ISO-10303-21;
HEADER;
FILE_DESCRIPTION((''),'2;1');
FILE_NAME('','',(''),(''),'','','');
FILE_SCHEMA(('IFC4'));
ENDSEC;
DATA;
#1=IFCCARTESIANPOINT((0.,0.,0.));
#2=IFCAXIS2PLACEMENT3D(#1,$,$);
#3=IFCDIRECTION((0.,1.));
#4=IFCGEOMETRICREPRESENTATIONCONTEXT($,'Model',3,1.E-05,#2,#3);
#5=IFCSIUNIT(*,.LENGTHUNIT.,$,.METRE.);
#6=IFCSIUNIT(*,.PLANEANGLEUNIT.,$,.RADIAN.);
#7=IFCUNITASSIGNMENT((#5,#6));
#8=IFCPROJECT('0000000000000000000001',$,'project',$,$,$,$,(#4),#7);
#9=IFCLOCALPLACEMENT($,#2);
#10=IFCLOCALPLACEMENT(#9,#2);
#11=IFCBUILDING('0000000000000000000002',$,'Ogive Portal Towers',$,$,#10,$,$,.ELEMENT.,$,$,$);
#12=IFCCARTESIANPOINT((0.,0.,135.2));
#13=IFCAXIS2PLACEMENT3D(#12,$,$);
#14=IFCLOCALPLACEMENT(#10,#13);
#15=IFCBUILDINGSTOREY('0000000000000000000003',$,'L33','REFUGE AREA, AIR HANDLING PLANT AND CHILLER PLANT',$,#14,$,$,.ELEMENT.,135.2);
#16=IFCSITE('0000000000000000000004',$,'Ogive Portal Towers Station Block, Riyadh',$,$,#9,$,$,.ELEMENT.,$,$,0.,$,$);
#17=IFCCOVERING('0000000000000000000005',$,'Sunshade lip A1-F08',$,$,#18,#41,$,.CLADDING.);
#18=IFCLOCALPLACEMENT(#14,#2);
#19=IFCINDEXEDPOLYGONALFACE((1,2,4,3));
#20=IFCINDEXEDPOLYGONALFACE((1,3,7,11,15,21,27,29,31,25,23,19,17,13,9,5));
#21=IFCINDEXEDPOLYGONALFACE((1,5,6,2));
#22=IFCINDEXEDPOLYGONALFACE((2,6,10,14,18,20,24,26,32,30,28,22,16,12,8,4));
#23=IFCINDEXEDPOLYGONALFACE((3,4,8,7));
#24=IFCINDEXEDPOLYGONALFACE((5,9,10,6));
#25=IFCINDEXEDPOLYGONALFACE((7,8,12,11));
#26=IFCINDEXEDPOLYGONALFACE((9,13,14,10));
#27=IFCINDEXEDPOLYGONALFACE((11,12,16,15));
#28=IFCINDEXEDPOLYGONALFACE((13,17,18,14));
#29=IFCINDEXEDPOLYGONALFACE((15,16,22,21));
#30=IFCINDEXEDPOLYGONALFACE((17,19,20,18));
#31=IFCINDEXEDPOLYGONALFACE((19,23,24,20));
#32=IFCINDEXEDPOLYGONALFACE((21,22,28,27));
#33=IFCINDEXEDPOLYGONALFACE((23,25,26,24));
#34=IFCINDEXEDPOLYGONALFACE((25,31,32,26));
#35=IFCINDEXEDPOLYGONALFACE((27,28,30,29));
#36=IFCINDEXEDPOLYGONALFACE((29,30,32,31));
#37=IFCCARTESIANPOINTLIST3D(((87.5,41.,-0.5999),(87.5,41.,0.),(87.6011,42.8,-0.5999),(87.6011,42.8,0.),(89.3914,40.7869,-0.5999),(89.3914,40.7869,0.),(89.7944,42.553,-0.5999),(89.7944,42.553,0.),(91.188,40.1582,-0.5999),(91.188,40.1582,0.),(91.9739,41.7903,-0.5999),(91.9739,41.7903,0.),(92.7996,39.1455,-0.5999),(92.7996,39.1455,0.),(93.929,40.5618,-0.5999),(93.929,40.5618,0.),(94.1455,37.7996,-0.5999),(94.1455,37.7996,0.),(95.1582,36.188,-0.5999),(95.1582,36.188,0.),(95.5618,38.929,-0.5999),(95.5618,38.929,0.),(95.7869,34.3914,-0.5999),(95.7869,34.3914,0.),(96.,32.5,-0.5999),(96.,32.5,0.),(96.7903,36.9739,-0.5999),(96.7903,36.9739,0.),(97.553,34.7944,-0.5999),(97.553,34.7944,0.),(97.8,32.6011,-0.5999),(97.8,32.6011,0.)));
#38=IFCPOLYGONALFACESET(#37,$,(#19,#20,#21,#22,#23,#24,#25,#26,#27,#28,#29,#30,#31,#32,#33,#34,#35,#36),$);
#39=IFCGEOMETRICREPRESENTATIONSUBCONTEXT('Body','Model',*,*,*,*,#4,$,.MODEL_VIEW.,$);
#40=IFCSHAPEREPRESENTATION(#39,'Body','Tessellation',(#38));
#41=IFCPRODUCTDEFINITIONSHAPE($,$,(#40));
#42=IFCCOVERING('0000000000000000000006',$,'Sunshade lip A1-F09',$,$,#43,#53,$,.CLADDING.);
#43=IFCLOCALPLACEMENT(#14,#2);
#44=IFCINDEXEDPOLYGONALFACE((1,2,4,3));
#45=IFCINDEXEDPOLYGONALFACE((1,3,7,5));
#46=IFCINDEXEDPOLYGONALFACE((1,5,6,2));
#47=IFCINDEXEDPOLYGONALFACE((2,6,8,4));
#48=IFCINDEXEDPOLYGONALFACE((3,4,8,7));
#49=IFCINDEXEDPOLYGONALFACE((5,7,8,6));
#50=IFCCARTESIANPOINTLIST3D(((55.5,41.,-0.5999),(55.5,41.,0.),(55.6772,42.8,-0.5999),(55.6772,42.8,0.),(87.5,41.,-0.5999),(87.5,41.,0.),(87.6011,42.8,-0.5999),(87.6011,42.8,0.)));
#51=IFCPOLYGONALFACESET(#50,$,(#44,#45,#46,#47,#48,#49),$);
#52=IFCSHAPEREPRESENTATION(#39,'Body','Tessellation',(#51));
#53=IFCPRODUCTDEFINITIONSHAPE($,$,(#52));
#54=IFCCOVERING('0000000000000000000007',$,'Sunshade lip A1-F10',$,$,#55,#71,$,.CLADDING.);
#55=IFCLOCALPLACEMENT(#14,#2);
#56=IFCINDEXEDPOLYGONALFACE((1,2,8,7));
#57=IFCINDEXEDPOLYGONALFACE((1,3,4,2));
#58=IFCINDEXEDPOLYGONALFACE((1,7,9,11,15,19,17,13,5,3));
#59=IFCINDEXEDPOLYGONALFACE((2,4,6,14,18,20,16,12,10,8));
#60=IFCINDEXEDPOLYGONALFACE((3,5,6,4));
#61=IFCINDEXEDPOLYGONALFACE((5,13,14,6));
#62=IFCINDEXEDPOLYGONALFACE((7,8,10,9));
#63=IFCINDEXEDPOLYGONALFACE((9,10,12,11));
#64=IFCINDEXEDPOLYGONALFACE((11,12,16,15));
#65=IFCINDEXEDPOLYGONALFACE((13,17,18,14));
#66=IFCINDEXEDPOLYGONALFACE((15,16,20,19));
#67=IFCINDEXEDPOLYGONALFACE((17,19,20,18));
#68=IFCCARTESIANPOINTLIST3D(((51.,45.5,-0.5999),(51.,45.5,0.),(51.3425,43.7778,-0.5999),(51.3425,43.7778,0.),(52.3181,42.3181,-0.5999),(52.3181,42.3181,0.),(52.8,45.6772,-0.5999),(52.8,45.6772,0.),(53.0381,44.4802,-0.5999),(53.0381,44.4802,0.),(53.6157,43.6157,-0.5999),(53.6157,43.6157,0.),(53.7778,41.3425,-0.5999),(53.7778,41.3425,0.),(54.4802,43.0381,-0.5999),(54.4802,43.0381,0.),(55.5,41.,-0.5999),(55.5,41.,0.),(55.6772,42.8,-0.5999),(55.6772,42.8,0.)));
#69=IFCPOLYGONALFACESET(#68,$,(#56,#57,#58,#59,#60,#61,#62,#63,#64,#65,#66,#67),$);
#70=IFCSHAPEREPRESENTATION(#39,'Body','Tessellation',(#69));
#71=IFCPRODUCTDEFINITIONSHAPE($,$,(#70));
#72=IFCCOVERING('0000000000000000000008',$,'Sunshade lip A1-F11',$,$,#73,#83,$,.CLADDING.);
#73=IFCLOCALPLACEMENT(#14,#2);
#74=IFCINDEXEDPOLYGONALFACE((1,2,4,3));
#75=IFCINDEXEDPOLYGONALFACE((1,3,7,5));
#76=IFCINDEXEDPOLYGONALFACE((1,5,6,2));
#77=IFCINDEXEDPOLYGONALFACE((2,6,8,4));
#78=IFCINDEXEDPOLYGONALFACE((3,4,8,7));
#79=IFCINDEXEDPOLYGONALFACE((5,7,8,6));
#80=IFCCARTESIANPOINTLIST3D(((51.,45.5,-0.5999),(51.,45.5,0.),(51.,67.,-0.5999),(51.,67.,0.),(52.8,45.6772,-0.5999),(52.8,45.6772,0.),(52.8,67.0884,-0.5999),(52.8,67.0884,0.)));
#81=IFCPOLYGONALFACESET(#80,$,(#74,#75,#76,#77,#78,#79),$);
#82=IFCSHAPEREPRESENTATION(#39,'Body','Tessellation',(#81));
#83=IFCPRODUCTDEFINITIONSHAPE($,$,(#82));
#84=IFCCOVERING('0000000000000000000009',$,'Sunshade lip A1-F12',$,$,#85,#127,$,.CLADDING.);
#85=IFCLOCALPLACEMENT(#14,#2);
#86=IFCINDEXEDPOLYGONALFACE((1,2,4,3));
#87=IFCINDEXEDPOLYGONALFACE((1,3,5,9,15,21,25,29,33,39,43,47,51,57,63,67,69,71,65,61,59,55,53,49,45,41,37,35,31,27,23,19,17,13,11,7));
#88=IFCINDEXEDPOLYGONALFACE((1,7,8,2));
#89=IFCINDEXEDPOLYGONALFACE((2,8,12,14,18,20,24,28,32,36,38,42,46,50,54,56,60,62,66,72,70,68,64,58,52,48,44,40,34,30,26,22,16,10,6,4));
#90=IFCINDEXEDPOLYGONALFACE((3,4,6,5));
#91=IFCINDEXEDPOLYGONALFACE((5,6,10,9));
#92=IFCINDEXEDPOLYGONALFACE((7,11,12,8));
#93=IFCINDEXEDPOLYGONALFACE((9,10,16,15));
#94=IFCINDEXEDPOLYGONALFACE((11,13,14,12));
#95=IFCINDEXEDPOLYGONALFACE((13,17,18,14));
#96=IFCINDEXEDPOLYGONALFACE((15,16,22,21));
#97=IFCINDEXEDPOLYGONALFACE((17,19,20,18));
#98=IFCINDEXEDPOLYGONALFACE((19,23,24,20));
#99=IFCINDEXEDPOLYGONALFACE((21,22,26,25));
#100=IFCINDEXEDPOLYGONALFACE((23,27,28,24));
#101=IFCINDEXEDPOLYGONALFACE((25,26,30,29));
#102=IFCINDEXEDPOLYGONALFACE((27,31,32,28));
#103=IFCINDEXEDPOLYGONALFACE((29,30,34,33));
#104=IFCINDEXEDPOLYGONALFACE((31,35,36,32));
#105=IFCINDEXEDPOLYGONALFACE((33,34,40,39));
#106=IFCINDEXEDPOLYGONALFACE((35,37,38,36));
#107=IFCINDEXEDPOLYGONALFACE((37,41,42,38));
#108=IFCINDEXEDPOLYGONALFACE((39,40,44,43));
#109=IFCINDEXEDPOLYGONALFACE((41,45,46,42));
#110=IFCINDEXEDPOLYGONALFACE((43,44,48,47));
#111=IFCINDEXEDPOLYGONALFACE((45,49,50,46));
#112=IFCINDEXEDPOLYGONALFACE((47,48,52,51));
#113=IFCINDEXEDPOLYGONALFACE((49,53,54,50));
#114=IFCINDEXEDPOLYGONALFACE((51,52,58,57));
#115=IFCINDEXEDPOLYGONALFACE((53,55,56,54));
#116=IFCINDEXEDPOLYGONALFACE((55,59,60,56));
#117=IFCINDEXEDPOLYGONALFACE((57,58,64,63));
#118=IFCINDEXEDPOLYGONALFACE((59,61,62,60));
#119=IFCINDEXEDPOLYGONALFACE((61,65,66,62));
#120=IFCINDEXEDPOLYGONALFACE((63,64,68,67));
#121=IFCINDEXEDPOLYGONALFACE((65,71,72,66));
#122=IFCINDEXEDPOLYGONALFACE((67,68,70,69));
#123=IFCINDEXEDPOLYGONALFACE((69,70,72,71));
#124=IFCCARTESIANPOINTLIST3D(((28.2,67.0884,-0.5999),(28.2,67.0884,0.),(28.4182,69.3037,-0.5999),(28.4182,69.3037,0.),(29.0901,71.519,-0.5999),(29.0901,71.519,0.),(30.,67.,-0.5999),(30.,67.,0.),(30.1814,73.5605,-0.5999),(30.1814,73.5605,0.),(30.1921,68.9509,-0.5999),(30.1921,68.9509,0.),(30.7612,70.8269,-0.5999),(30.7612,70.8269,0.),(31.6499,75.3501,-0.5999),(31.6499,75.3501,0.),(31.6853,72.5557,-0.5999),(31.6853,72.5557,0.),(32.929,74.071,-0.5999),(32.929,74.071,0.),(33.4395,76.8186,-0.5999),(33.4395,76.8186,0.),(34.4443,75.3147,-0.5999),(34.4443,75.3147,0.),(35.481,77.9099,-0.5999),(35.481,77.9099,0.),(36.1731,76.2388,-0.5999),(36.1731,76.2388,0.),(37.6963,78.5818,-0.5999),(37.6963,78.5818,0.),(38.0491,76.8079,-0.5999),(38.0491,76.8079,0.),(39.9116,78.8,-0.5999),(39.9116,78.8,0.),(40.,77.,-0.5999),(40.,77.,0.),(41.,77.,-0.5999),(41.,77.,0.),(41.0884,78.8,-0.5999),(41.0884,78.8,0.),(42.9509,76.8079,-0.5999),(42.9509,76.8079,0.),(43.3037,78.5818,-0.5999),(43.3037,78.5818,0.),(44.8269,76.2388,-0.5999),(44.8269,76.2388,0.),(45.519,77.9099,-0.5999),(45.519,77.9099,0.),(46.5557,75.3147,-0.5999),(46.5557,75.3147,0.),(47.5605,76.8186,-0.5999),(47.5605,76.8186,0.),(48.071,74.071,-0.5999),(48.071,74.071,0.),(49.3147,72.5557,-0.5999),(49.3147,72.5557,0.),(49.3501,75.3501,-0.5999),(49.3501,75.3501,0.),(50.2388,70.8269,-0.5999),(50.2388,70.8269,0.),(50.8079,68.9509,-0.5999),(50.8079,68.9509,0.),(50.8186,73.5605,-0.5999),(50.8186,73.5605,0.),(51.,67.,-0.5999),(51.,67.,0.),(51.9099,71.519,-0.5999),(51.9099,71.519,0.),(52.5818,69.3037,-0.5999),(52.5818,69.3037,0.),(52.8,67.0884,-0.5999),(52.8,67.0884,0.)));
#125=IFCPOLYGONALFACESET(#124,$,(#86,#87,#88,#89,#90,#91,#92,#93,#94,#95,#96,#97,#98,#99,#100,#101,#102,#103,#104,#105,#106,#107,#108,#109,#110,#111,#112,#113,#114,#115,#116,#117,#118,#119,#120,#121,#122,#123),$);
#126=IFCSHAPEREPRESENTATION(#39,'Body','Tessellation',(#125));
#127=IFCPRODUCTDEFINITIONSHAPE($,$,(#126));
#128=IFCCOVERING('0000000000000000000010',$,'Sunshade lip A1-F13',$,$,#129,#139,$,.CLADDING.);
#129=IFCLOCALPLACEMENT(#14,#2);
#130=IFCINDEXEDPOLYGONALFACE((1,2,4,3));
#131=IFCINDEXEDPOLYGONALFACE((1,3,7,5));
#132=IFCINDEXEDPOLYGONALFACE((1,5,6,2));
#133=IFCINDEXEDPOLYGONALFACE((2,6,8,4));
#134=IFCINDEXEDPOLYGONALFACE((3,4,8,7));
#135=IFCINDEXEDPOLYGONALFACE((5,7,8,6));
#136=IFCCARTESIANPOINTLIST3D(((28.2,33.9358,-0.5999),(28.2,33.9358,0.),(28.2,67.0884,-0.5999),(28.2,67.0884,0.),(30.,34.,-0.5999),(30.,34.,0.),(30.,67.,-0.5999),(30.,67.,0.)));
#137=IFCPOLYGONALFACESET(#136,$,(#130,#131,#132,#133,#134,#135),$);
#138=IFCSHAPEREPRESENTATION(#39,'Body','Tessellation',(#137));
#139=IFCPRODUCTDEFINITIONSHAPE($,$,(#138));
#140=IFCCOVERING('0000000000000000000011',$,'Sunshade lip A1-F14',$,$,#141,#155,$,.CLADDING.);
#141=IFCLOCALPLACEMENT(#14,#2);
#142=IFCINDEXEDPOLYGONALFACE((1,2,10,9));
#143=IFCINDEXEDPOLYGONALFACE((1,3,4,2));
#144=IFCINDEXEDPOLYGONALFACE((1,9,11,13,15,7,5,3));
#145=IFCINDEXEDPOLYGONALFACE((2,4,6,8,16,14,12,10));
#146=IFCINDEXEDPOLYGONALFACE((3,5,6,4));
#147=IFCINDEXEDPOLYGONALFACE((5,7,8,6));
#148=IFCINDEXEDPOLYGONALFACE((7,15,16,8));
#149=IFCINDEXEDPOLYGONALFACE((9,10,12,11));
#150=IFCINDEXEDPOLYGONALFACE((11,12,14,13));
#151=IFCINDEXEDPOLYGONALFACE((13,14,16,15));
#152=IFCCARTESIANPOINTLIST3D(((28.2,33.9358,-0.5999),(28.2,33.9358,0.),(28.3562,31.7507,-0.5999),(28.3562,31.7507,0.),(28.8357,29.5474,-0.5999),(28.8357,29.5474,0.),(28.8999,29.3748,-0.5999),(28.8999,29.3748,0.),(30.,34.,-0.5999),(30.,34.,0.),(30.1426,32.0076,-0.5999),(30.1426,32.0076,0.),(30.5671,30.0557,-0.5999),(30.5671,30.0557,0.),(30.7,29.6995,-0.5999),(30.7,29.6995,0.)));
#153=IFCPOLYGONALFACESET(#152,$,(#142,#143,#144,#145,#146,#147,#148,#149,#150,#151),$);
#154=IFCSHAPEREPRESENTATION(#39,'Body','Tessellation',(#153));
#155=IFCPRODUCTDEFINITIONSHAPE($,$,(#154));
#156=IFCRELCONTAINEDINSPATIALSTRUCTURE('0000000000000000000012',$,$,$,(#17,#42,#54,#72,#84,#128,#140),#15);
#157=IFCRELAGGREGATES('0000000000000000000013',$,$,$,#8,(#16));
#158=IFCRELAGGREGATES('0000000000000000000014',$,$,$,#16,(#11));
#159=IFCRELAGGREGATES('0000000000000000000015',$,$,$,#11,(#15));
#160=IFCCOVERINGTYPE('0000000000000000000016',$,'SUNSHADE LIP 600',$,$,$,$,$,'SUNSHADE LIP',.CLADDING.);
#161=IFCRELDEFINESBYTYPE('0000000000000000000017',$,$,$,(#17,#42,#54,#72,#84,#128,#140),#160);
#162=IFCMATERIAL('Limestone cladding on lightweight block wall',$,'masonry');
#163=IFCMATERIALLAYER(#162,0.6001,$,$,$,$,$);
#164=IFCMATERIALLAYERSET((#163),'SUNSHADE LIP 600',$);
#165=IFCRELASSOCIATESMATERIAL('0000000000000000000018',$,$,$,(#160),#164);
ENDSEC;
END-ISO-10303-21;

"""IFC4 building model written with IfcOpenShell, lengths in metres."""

from ifc_helpers import new_model, si_unit, direction, frame, origin, place, context, subcontext, project, spatial, polyline, outline, extrude, material, layer, layer_set, type_object, element, save


model = new_model("IFC4")

# Units and contexts
model_context = context("Model", 3, precision=1e-05, world=origin(), true_north=direction((0.0, 1.0)))
body_context = subcontext(model_context, "Body", "Model", "MODEL_VIEW")
ifc_project = project(units=[si_unit("LENGTHUNIT", "METRE"), si_unit("PLANEANGLEUNIT", "RADIAN")], contexts=[model_context])

# Site, building, storey
site_placement = place(None, origin())
site = spatial("IfcSite", under=ifc_project, at=site_placement, Name="Ogive Portal Towers Station Block, Riyadh", CompositionType="ELEMENT", RefElevation=0.0)
building_placement = place(site_placement, origin())
building = spatial("IfcBuilding", under=site, at=building_placement, Name="Ogive Portal Towers", CompositionType="ELEMENT")
storey_placement = place(building_placement, frame((0.0, 0.0, 135.2)))
storey = spatial("IfcBuildingStorey", under=building, at=storey_placement, Name="L33", Description="REFUGE AREA, AIR HANDLING PLANT AND CHILLER PLANT", CompositionType="ELEMENT", Elevation=135.2)

# Coverings
ifc_material_1 = material(Name="Limestone cladding on lightweight block wall", Category="masonry")
ifc_layer_1 = layer(ifc_material_1, 0.6001)
ifc_layer_set_1 = layer_set([ifc_layer_1], Name="SUNSHADE LIP 600")
covering_type_1 = type_object("IfcCoveringType", Name="SUNSHADE LIP 600", ElementType="SUNSHADE LIP", PredefinedType="CLADDING", material=ifc_layer_set_1)
covering_1_placement = place(storey_placement, frame((0.0, 0.0, -0.5999)))
element("IfcCovering", 1, at=covering_1_placement, inside=storey, type_object=covering_type_1, Name="Sunshade lip A1-F08", PredefinedType="CLADDING", context=body_context, shape_type="SweptSolid", body=[
    extrude(outline(polyline([(96.0, 32.5), (95.7869, 34.3914), (95.1582, 36.188), (94.1455, 37.7996), (92.7996, 39.1455), (91.188, 40.1582), (89.3914, 40.7869), (87.5, 41.0), (87.6011, 42.8), (89.7944, 42.553), (91.9739, 41.7903), (93.929, 40.5618), (95.5618, 38.929), (96.7903, 36.9739), (97.553, 34.7944), (97.8, 32.6011), (96.0, 32.5)])), origin(), (0.0, 0.0, 1.0), 0.5999),
])
covering_2_placement = place(storey_placement, frame((0.0, 0.0, -0.5999)))
element("IfcCovering", 2, at=covering_2_placement, inside=storey, type_object=covering_type_1, Name="Sunshade lip A1-F09", PredefinedType="CLADDING", context=body_context, shape_type="SweptSolid", body=[
    extrude(outline(polyline([(87.5, 41.0), (55.5, 41.0), (55.6772, 42.8), (87.6011, 42.8), (87.5, 41.0)])), origin(), (0.0, 0.0, 1.0), 0.5999),
])
covering_3_placement = place(storey_placement, frame((0.0, 0.0, -0.5999)))
element("IfcCovering", 3, at=covering_3_placement, inside=storey, type_object=covering_type_1, Name="Sunshade lip A1-F10", PredefinedType="CLADDING", context=body_context, shape_type="SweptSolid", body=[
    extrude(outline(polyline([(55.5, 41.0), (53.7778, 41.3425), (52.3181, 42.3181), (51.3425, 43.7778), (51.0, 45.5), (52.8, 45.6772), (53.0381, 44.4802), (53.6157, 43.6157), (54.4802, 43.0381), (55.6772, 42.8), (55.5, 41.0)])), origin(), (0.0, 0.0, 1.0), 0.5999),
])
covering_4_placement = place(storey_placement, frame((0.0, 0.0, -0.5999)))
element("IfcCovering", 4, at=covering_4_placement, inside=storey, type_object=covering_type_1, Name="Sunshade lip A1-F11", PredefinedType="CLADDING", context=body_context, shape_type="SweptSolid", body=[
    extrude(outline(polyline([(51.0, 45.5), (51.0, 67.0), (52.8, 67.0884), (52.8, 45.6772), (51.0, 45.5)])), origin(), (0.0, 0.0, 1.0), 0.5999),
])
covering_5_placement = place(storey_placement, frame((0.0, 0.0, -0.5999)))
element("IfcCovering", 5, at=covering_5_placement, inside=storey, type_object=covering_type_1, Name="Sunshade lip A1-F12", PredefinedType="CLADDING", context=body_context, shape_type="SweptSolid", body=[
    extrude(outline(polyline([(51.0, 67.0), (50.8079, 68.9509), (50.2388, 70.8269), (49.3147, 72.5557), (48.071, 74.071), (46.5557, 75.3147), (44.8269, 76.2388), (42.9509, 76.8079), (41.0, 77.0), (40.0, 77.0), (38.0491, 76.8079), (36.1731, 76.2388), (34.4443, 75.3147), (32.929, 74.071), (31.6853, 72.5557), (30.7612, 70.8269), (30.1921, 68.9509), (30.0, 67.0), (28.2, 67.0884), (28.4182, 69.3037), (29.0901, 71.519), (30.1814, 73.5605), (31.6499, 75.3501), (33.4395, 76.8186), (35.481, 77.9099), (37.6963, 78.5818), (39.9116, 78.8), (41.0884, 78.8), (43.3037, 78.5818), (45.519, 77.9099), (47.5605, 76.8186), (49.3501, 75.3501), (50.8186, 73.5605), (51.9099, 71.519), (52.5818, 69.3037), (52.8, 67.0884), (51.0, 67.0)])), origin(), (0.0, 0.0, 1.0), 0.5999),
])
covering_6_placement = place(storey_placement, frame((0.0, 0.0, -0.5999)))
element("IfcCovering", 6, at=covering_6_placement, inside=storey, type_object=covering_type_1, Name="Sunshade lip A1-F13", PredefinedType="CLADDING", context=body_context, shape_type="SweptSolid", body=[
    extrude(outline(polyline([(30.0, 67.0), (30.0, 34.0), (28.2, 33.9358), (28.2, 67.0884), (30.0, 67.0)])), origin(), (0.0, 0.0, 1.0), 0.5999),
])
covering_7_placement = place(storey_placement, frame((0.0, 0.0, -0.5999)))
element("IfcCovering", 7, at=covering_7_placement, inside=storey, type_object=covering_type_1, Name="Sunshade lip A1-F14", PredefinedType="CLADDING", context=body_context, shape_type="SweptSolid", body=[
    extrude(outline(polyline([(30.0, 34.0), (30.1426, 32.0076), (30.5671, 30.0557), (30.7, 29.6995), (28.8999, 29.3748), (28.8357, 29.5474), (28.3562, 31.7507), (28.2, 33.9358), (30.0, 34.0)])), origin(), (0.0, 0.0, 1.0), 0.5999),
])

save(model, "model.ifc")
